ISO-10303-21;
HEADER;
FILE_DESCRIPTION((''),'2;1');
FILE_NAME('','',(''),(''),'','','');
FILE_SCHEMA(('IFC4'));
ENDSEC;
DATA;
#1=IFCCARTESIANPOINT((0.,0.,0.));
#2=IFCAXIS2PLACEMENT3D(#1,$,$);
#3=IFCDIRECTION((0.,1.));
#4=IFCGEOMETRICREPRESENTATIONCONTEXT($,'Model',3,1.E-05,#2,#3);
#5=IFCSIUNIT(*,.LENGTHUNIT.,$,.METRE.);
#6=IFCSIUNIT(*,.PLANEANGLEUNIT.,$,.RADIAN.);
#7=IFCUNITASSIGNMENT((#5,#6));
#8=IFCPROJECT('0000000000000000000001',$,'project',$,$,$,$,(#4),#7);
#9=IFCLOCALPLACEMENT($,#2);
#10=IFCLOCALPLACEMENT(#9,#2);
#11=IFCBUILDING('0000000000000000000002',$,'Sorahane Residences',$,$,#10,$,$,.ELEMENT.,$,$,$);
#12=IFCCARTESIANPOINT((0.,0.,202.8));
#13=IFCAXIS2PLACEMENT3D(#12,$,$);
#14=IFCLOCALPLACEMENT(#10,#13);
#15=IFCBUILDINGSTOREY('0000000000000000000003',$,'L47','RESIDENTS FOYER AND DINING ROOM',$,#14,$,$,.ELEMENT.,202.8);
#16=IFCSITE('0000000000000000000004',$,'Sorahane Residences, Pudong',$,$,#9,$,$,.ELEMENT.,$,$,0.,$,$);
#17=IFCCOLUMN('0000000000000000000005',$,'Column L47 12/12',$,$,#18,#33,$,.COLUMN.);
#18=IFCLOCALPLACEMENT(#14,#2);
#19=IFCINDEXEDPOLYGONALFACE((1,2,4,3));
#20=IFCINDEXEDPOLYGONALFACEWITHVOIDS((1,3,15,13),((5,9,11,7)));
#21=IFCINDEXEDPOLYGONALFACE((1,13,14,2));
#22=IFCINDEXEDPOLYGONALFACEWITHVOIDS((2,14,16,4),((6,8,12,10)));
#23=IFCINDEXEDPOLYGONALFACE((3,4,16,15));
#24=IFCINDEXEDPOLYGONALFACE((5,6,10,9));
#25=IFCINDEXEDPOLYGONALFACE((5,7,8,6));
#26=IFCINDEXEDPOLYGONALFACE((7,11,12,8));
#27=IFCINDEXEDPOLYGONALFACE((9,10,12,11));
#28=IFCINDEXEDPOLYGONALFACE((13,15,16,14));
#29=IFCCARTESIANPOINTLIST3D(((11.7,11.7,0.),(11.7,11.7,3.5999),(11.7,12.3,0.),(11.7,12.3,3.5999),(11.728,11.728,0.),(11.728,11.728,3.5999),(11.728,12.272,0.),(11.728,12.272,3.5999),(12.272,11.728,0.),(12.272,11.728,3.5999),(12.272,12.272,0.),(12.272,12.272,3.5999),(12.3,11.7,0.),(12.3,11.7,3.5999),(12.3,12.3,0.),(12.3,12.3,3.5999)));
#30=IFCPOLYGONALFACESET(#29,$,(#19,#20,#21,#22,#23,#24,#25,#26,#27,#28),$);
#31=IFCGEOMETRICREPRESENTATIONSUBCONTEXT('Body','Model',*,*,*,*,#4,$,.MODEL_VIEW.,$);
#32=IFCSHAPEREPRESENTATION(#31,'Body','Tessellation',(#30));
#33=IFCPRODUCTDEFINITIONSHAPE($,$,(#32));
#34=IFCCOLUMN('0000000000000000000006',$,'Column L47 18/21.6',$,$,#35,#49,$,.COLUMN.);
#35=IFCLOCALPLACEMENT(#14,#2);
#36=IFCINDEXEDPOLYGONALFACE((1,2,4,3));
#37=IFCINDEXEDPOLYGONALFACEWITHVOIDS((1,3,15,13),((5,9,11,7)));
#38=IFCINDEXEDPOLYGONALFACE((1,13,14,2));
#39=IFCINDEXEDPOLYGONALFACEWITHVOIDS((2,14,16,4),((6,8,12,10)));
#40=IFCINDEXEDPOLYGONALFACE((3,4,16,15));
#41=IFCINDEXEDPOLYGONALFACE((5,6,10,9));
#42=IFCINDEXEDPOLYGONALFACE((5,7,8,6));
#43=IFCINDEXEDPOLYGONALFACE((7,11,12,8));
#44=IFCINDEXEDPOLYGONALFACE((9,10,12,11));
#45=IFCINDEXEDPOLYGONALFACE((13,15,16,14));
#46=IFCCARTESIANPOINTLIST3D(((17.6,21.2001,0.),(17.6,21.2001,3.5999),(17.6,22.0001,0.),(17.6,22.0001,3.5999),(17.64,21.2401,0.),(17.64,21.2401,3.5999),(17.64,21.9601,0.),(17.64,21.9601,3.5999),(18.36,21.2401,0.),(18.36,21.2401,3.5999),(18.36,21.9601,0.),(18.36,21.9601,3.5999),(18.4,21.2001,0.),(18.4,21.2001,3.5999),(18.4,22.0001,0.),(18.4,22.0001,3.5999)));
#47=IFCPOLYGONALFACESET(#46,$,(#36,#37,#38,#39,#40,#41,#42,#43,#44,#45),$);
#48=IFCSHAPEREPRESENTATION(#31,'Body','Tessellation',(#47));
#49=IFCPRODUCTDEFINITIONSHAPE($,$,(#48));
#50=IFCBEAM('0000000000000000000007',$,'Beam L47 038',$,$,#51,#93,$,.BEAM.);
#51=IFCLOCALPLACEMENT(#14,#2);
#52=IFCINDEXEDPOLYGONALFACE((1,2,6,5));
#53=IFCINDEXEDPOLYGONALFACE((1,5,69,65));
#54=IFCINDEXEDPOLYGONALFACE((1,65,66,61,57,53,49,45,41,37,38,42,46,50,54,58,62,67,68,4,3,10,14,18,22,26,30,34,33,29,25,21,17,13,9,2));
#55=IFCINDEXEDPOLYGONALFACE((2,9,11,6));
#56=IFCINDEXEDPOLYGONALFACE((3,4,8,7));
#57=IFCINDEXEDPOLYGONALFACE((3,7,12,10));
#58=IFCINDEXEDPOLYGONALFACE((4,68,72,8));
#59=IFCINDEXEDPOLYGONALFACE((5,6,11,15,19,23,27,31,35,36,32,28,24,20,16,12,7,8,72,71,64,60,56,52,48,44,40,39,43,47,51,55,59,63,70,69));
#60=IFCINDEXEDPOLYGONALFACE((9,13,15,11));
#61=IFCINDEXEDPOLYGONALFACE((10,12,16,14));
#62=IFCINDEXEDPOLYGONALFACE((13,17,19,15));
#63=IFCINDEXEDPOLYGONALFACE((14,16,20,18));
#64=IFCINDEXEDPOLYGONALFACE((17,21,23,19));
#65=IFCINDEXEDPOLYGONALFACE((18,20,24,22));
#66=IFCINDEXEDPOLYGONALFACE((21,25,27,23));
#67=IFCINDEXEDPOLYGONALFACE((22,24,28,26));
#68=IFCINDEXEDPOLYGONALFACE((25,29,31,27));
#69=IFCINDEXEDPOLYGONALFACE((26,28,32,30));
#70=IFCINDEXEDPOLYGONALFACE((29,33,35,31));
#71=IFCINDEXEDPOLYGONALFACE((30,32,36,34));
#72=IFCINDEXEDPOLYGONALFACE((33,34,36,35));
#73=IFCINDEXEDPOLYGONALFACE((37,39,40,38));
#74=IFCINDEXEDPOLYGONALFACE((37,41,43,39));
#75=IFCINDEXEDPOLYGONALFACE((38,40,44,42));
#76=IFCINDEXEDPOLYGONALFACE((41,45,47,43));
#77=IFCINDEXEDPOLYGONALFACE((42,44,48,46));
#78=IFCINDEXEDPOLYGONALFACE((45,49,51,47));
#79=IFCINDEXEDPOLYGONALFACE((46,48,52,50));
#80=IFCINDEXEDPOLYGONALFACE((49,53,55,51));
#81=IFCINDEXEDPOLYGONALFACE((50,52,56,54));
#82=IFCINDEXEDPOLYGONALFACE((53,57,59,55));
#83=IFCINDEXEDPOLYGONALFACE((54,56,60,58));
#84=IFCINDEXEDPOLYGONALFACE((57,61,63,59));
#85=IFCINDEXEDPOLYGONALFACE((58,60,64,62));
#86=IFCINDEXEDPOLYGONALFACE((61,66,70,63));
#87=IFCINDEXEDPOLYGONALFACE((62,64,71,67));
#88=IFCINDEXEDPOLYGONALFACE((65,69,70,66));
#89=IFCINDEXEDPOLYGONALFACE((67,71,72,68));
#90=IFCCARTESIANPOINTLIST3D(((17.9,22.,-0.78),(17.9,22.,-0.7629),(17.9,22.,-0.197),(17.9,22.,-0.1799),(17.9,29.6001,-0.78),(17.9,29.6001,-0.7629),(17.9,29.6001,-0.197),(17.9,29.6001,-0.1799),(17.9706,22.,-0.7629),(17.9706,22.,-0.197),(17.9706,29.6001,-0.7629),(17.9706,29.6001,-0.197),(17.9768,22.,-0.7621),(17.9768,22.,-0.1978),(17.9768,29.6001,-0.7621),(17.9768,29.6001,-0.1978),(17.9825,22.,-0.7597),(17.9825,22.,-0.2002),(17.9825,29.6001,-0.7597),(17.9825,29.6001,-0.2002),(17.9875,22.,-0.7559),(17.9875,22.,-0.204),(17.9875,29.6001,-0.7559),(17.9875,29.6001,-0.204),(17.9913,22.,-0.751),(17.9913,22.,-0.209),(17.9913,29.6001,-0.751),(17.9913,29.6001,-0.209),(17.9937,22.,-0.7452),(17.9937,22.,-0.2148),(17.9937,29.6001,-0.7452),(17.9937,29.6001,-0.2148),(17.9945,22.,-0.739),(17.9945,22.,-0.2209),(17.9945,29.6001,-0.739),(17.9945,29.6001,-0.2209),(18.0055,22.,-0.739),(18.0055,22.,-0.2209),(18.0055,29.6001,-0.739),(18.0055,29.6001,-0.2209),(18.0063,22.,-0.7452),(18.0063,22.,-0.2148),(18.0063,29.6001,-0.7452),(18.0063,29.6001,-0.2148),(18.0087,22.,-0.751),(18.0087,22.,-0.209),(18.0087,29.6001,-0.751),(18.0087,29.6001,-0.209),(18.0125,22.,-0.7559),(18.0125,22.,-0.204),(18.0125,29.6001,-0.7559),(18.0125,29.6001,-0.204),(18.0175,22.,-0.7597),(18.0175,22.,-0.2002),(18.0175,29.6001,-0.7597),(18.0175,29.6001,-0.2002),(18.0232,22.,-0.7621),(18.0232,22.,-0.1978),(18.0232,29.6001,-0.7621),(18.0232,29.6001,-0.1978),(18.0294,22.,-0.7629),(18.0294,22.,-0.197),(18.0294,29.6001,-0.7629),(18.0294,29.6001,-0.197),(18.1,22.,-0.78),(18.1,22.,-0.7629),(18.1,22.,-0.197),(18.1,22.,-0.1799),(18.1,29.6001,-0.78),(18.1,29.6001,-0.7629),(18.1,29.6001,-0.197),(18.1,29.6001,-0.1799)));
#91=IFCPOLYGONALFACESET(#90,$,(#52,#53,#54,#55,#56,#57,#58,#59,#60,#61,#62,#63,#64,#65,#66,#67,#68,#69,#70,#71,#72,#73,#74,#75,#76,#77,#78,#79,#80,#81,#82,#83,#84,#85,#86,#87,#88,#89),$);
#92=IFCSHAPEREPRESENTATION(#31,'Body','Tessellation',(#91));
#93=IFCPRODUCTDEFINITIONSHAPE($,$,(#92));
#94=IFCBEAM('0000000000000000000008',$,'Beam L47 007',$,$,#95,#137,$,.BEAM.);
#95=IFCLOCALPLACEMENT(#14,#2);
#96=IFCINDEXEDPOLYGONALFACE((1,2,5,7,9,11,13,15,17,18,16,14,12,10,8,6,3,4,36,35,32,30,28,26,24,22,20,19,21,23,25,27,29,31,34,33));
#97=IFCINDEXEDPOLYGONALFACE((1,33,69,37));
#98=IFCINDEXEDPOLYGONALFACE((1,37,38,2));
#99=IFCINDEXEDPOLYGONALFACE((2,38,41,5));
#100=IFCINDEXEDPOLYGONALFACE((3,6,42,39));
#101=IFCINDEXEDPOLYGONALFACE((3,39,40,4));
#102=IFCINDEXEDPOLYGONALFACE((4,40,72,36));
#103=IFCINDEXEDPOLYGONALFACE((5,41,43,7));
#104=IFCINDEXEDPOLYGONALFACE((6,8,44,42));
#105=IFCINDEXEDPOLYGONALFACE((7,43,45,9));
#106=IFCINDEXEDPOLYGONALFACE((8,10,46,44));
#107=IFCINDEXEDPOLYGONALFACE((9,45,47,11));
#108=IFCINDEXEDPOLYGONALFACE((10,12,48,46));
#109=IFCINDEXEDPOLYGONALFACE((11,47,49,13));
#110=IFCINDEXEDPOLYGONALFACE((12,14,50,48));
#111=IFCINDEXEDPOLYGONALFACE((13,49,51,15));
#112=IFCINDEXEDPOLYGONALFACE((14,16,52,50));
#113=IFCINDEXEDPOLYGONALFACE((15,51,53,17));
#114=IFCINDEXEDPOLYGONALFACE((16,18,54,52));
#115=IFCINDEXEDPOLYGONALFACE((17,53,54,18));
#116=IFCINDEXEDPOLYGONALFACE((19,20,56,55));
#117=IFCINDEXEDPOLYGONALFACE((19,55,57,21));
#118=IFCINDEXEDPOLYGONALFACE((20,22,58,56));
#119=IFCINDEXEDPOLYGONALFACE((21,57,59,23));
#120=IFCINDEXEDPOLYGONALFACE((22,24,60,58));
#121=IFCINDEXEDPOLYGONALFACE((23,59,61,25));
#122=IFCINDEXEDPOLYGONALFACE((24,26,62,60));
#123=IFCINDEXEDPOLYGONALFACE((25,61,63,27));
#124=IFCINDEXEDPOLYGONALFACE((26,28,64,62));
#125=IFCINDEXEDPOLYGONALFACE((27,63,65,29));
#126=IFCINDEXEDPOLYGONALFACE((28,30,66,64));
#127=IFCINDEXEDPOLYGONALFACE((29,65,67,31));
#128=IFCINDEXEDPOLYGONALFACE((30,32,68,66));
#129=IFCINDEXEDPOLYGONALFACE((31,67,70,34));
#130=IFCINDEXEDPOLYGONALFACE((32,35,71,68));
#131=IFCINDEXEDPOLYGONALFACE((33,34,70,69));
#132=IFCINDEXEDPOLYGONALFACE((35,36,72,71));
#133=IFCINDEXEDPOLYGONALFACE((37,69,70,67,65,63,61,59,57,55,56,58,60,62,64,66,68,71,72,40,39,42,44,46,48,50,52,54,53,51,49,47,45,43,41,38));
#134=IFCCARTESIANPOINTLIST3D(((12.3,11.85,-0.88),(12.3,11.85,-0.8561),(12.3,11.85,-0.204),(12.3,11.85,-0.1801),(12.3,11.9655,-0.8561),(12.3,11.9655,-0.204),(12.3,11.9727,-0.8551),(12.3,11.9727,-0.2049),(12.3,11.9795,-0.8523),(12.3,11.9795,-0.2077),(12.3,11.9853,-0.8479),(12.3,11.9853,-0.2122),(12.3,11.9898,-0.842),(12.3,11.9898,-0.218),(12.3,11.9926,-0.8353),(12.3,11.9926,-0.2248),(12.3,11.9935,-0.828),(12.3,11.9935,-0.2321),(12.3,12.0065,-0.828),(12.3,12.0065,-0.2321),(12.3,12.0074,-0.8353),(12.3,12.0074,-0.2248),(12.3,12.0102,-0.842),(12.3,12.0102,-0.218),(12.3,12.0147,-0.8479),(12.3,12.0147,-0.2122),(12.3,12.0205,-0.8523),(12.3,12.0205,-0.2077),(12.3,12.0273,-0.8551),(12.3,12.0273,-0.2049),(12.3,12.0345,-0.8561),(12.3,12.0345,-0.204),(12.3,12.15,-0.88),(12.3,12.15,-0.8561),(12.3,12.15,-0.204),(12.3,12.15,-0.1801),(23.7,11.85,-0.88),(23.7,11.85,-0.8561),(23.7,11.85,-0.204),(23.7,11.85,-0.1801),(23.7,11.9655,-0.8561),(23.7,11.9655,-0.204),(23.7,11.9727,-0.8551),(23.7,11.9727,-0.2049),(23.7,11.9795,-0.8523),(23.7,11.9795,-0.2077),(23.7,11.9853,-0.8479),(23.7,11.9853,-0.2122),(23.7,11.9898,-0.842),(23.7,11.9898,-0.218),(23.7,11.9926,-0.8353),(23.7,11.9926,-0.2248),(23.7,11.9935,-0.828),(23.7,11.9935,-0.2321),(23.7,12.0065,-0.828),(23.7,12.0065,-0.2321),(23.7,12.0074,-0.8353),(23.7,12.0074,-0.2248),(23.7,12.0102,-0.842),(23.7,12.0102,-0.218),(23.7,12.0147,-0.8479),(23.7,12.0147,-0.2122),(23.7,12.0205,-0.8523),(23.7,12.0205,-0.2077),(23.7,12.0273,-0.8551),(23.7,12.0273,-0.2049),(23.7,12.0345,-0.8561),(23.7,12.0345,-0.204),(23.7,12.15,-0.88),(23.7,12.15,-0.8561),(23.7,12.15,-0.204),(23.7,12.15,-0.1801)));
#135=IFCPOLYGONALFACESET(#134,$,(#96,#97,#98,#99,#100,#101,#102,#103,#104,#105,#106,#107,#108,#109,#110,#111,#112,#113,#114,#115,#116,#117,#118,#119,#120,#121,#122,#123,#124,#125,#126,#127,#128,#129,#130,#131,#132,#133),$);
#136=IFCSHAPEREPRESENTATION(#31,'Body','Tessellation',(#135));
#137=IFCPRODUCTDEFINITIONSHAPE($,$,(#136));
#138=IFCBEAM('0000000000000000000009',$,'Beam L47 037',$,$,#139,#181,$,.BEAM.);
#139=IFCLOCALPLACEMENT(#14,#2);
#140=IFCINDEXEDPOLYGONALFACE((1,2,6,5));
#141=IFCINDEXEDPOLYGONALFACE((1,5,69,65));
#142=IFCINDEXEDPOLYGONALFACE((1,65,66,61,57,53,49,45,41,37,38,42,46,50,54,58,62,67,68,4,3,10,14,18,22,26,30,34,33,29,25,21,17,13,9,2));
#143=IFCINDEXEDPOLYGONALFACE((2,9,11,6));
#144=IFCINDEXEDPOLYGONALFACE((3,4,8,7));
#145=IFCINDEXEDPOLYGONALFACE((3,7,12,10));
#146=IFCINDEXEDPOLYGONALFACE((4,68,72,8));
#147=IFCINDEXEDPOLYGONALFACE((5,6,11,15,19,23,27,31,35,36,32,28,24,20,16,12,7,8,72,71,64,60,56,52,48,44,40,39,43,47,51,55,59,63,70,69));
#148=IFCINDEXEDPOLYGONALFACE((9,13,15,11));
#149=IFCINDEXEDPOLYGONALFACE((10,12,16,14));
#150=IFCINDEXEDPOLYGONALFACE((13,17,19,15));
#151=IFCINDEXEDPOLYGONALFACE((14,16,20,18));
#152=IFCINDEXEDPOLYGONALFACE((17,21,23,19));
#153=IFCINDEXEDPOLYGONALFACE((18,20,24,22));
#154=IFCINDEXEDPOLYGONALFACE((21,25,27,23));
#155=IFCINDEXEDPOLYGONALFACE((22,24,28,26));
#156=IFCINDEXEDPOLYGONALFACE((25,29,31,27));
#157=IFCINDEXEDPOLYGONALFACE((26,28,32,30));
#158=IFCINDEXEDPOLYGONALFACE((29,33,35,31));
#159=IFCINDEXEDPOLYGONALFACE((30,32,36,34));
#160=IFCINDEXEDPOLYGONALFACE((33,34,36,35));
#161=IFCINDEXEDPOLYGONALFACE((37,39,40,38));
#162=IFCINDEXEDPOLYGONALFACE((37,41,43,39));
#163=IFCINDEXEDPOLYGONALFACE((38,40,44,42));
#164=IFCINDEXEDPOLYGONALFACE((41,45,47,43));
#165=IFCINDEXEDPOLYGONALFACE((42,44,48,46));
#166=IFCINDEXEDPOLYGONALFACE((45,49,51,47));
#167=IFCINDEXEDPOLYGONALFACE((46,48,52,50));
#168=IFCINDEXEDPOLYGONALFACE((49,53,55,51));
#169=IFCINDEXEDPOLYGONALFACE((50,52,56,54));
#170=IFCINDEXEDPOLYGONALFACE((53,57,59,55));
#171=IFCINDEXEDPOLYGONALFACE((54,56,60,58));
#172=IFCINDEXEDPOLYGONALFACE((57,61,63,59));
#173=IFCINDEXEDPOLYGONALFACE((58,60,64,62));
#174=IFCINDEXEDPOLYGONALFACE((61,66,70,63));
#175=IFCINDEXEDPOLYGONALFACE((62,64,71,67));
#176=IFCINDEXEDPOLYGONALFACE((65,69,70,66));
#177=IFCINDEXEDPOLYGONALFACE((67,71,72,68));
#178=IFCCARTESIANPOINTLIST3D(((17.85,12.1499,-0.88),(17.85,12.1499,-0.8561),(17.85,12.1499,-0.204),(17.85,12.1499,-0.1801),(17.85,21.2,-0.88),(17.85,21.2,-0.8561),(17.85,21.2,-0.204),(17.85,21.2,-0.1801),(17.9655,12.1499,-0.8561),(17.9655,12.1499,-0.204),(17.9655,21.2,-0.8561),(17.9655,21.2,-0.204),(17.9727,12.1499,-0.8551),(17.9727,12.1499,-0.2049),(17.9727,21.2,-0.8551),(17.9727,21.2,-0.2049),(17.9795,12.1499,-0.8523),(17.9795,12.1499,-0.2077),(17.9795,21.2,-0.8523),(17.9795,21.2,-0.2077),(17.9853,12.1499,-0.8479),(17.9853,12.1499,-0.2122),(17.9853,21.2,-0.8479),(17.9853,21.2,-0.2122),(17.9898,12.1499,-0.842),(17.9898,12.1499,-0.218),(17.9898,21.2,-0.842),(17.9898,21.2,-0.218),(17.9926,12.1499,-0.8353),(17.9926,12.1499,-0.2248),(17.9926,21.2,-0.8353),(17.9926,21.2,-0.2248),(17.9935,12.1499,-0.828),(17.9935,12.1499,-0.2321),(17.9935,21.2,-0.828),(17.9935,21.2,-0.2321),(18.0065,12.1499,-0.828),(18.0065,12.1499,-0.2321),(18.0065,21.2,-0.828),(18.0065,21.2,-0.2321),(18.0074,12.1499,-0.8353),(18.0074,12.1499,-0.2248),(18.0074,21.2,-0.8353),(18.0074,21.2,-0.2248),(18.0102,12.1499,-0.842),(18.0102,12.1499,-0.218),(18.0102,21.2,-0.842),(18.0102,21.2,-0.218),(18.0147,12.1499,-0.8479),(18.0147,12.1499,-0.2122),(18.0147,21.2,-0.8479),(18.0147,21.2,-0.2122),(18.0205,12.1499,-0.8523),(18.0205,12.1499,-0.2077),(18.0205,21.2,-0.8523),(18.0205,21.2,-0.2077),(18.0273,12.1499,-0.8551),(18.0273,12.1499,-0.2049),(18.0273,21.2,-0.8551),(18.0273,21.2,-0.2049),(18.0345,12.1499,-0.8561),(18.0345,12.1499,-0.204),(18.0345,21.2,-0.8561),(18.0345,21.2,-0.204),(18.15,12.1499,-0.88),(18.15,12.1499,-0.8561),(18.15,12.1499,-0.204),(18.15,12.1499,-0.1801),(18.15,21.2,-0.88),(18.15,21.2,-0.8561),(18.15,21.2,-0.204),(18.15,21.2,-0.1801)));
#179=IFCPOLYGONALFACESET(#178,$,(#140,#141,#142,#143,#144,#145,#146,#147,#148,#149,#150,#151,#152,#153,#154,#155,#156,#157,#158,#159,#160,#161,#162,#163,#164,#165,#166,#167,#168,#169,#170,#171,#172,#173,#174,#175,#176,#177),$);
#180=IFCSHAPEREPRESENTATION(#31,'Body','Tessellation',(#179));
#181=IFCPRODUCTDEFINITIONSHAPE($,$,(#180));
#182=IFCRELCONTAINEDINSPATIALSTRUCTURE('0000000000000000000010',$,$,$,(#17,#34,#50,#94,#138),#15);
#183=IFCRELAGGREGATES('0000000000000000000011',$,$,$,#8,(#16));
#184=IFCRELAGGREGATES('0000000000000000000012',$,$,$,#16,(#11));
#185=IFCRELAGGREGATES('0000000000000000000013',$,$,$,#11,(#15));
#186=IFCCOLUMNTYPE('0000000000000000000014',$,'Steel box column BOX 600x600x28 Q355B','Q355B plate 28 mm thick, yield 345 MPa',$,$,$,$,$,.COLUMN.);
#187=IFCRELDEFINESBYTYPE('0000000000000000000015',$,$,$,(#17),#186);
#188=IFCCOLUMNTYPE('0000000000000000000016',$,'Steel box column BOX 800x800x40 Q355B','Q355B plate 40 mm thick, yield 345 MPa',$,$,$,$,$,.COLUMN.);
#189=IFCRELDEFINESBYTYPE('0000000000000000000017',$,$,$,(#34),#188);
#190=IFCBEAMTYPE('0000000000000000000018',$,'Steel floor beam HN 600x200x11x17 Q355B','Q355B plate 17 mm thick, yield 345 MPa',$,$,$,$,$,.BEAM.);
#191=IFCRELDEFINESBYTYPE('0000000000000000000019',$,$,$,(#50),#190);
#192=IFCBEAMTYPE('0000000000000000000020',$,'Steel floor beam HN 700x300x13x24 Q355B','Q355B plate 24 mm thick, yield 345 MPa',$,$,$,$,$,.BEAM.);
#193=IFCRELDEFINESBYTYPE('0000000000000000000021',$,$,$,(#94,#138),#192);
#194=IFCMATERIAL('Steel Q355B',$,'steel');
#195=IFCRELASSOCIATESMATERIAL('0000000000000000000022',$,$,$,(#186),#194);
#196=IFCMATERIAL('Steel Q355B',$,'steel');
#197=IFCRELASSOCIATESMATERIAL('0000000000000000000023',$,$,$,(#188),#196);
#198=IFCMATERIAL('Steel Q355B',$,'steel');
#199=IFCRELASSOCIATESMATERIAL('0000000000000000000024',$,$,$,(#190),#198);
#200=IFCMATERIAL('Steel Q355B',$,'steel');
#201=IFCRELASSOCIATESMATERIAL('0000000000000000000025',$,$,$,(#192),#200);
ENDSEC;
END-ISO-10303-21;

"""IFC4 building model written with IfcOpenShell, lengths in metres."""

from ifc_helpers import new_model, si_unit, direction, frame, origin, origin_2d, place, context, subcontext, project, spatial, hollow_rectangle, i_section, extrude, material, material_profile, profile_set, type_object, element, save


model = new_model("IFC4")

# Units and contexts
model_context = context("Model", 3, precision=1e-05, world=origin(), true_north=direction((0.0, 1.0)))
body_context = subcontext(model_context, "Body", "Model", "MODEL_VIEW")
ifc_project = project(units=[si_unit("LENGTHUNIT", "METRE"), si_unit("PLANEANGLEUNIT", "RADIAN")], contexts=[model_context])

# Site, building, storey
site_placement = place(None, origin())
site = spatial("IfcSite", under=ifc_project, at=site_placement, Name="Sorahane Residences, Pudong", CompositionType="ELEMENT", RefElevation=0.0)
building_placement = place(site_placement, origin())
building = spatial("IfcBuilding", under=site, at=building_placement, Name="Sorahane Residences", CompositionType="ELEMENT")
storey_placement = place(building_placement, frame((0.0, 0.0, 202.8)))
storey = spatial("IfcBuildingStorey", under=building, at=storey_placement, Name="L47", Description="RESIDENTS FOYER AND DINING ROOM", CompositionType="ELEMENT", Elevation=202.8)

# Columns
ifc_material_1 = material(Name="Steel Q355B", Category="steel")
ifc_material_profile_1 = material_profile(ifc_material_1, hollow_rectangle(XDim=0.6001, YDim=0.6001, WallThickness=0.0281, at=origin_2d()), Name="BOX 600x600x28")
ifc_profile_set_1 = profile_set([ifc_material_profile_1], Name="Steel Q355B")
column_type_1 = type_object("IfcColumnType", Name="Steel box column BOX 600x600x28 Q355B", Description="Q355B plate 28 mm thick, yield 345 MPa", PredefinedType="COLUMN", material=ifc_profile_set_1)
column_1_placement = place(storey_placement, frame((12.0, 12.0, 0.0), z_axis=(0.0, 0.0, 1.0), x_axis=(1.0, 0.0, 0.0)))
element("IfcColumn", 1, at=column_1_placement, inside=storey, type_object=column_type_1, Name="Column L47 12/12", PredefinedType="COLUMN", context=body_context, shape_type="SweptSolid", body=[
    extrude(hollow_rectangle(XDim=0.6001, YDim=0.6001, WallThickness=0.0281, at=origin_2d()), origin(), (0.0, 0.0, 1.0), 3.5999),
])
ifc_material_2 = material(Name="Steel Q355B", Category="steel")
ifc_material_profile_2 = material_profile(ifc_material_2, hollow_rectangle(XDim=0.8, YDim=0.8, WallThickness=0.04, at=origin_2d()), Name="BOX 800x800x40")
ifc_profile_set_2 = profile_set([ifc_material_profile_2], Name="Steel Q355B")
column_type_2 = type_object("IfcColumnType", Name="Steel box column BOX 800x800x40 Q355B", Description="Q355B plate 40 mm thick, yield 345 MPa", PredefinedType="COLUMN", material=ifc_profile_set_2)
column_2_placement = place(storey_placement, frame((18.0, 21.6001, 0.0), z_axis=(0.0, 0.0, 1.0), x_axis=(1.0, 0.0, 0.0)))
element("IfcColumn", 2, at=column_2_placement, inside=storey, type_object=column_type_2, Name="Column L47 18/21.6", PredefinedType="COLUMN", context=body_context, shape_type="SweptSolid", body=[
    extrude(hollow_rectangle(XDim=0.8, YDim=0.8, WallThickness=0.04, at=origin_2d()), origin(), (0.0, 0.0, 1.0), 3.5999),
])

# Beams
ifc_material_3 = material(Name="Steel Q355B", Category="steel")
ifc_material_profile_3 = material_profile(ifc_material_3, i_section(OverallWidth=0.2, OverallDepth=0.6001, WebThickness=0.011, FlangeThickness=0.0171, FilletRadius=0.0239, at=origin_2d()), Name="HN 600x200x11x17")
ifc_profile_set_3 = profile_set([ifc_material_profile_3], Name="Steel Q355B")
beam_type_1 = type_object("IfcBeamType", Name="Steel floor beam HN 600x200x11x17 Q355B", Description="Q355B plate 17 mm thick, yield 345 MPa", PredefinedType="BEAM", material=ifc_profile_set_3)
beam_1_placement = place(storey_placement, frame((18.0, 22.0, -0.48), z_axis=(0.0, 1.0, 0.0), x_axis=(-1.0, 0.0, 0.0)))
element("IfcBeam", 3, at=beam_1_placement, inside=storey, type_object=beam_type_1, Name="Beam L47 038", PredefinedType="BEAM", context=body_context, shape_type="SweptSolid", body=[
    extrude(i_section(OverallWidth=0.2, OverallDepth=0.6001, WebThickness=0.011, FlangeThickness=0.0171, FilletRadius=0.0239, at=origin_2d()), origin(), (0.0, 0.0, 1.0), 7.6001),
])
ifc_material_4 = material(Name="Steel Q355B", Category="steel")
ifc_material_profile_4 = material_profile(ifc_material_4, i_section(OverallWidth=0.3, OverallDepth=0.7, WebThickness=0.0129, FlangeThickness=0.0239, FilletRadius=0.0281, at=origin_2d()), Name="HN 700x300x13x24")
ifc_profile_set_4 = profile_set([ifc_material_profile_4], Name="Steel Q355B")
beam_type_2 = type_object("IfcBeamType", Name="Steel floor beam HN 700x300x13x24 Q355B", Description="Q355B plate 24 mm thick, yield 345 MPa", PredefinedType="BEAM", material=ifc_profile_set_4)
beam_2_placement = place(storey_placement, frame((12.3, 12.0, -0.53), z_axis=(1.0, 0.0, 0.0), x_axis=(0.0, 1.0, 0.0)))
element("IfcBeam", 4, at=beam_2_placement, inside=storey, type_object=beam_type_2, Name="Beam L47 007", PredefinedType="BEAM", context=body_context, shape_type="SweptSolid", body=[
    extrude(i_section(OverallWidth=0.3, OverallDepth=0.7, WebThickness=0.0129, FlangeThickness=0.0239, FilletRadius=0.0281, at=origin_2d()), origin(), (0.0, 0.0, 1.0), 11.3999),
])
beam_3_placement = place(storey_placement, frame((18.0, 12.1499, -0.53), z_axis=(0.0, 1.0, 0.0), x_axis=(-1.0, 0.0, 0.0)))
element("IfcBeam", 5, at=beam_3_placement, inside=storey, type_object=beam_type_2, Name="Beam L47 037", PredefinedType="BEAM", context=body_context, shape_type="SweptSolid", body=[
    extrude(i_section(OverallWidth=0.3, OverallDepth=0.7, WebThickness=0.0129, FlangeThickness=0.0239, FilletRadius=0.0281, at=origin_2d()), origin(), (0.0, 0.0, 1.0), 9.05),
])

save(model, "model.ifc")
